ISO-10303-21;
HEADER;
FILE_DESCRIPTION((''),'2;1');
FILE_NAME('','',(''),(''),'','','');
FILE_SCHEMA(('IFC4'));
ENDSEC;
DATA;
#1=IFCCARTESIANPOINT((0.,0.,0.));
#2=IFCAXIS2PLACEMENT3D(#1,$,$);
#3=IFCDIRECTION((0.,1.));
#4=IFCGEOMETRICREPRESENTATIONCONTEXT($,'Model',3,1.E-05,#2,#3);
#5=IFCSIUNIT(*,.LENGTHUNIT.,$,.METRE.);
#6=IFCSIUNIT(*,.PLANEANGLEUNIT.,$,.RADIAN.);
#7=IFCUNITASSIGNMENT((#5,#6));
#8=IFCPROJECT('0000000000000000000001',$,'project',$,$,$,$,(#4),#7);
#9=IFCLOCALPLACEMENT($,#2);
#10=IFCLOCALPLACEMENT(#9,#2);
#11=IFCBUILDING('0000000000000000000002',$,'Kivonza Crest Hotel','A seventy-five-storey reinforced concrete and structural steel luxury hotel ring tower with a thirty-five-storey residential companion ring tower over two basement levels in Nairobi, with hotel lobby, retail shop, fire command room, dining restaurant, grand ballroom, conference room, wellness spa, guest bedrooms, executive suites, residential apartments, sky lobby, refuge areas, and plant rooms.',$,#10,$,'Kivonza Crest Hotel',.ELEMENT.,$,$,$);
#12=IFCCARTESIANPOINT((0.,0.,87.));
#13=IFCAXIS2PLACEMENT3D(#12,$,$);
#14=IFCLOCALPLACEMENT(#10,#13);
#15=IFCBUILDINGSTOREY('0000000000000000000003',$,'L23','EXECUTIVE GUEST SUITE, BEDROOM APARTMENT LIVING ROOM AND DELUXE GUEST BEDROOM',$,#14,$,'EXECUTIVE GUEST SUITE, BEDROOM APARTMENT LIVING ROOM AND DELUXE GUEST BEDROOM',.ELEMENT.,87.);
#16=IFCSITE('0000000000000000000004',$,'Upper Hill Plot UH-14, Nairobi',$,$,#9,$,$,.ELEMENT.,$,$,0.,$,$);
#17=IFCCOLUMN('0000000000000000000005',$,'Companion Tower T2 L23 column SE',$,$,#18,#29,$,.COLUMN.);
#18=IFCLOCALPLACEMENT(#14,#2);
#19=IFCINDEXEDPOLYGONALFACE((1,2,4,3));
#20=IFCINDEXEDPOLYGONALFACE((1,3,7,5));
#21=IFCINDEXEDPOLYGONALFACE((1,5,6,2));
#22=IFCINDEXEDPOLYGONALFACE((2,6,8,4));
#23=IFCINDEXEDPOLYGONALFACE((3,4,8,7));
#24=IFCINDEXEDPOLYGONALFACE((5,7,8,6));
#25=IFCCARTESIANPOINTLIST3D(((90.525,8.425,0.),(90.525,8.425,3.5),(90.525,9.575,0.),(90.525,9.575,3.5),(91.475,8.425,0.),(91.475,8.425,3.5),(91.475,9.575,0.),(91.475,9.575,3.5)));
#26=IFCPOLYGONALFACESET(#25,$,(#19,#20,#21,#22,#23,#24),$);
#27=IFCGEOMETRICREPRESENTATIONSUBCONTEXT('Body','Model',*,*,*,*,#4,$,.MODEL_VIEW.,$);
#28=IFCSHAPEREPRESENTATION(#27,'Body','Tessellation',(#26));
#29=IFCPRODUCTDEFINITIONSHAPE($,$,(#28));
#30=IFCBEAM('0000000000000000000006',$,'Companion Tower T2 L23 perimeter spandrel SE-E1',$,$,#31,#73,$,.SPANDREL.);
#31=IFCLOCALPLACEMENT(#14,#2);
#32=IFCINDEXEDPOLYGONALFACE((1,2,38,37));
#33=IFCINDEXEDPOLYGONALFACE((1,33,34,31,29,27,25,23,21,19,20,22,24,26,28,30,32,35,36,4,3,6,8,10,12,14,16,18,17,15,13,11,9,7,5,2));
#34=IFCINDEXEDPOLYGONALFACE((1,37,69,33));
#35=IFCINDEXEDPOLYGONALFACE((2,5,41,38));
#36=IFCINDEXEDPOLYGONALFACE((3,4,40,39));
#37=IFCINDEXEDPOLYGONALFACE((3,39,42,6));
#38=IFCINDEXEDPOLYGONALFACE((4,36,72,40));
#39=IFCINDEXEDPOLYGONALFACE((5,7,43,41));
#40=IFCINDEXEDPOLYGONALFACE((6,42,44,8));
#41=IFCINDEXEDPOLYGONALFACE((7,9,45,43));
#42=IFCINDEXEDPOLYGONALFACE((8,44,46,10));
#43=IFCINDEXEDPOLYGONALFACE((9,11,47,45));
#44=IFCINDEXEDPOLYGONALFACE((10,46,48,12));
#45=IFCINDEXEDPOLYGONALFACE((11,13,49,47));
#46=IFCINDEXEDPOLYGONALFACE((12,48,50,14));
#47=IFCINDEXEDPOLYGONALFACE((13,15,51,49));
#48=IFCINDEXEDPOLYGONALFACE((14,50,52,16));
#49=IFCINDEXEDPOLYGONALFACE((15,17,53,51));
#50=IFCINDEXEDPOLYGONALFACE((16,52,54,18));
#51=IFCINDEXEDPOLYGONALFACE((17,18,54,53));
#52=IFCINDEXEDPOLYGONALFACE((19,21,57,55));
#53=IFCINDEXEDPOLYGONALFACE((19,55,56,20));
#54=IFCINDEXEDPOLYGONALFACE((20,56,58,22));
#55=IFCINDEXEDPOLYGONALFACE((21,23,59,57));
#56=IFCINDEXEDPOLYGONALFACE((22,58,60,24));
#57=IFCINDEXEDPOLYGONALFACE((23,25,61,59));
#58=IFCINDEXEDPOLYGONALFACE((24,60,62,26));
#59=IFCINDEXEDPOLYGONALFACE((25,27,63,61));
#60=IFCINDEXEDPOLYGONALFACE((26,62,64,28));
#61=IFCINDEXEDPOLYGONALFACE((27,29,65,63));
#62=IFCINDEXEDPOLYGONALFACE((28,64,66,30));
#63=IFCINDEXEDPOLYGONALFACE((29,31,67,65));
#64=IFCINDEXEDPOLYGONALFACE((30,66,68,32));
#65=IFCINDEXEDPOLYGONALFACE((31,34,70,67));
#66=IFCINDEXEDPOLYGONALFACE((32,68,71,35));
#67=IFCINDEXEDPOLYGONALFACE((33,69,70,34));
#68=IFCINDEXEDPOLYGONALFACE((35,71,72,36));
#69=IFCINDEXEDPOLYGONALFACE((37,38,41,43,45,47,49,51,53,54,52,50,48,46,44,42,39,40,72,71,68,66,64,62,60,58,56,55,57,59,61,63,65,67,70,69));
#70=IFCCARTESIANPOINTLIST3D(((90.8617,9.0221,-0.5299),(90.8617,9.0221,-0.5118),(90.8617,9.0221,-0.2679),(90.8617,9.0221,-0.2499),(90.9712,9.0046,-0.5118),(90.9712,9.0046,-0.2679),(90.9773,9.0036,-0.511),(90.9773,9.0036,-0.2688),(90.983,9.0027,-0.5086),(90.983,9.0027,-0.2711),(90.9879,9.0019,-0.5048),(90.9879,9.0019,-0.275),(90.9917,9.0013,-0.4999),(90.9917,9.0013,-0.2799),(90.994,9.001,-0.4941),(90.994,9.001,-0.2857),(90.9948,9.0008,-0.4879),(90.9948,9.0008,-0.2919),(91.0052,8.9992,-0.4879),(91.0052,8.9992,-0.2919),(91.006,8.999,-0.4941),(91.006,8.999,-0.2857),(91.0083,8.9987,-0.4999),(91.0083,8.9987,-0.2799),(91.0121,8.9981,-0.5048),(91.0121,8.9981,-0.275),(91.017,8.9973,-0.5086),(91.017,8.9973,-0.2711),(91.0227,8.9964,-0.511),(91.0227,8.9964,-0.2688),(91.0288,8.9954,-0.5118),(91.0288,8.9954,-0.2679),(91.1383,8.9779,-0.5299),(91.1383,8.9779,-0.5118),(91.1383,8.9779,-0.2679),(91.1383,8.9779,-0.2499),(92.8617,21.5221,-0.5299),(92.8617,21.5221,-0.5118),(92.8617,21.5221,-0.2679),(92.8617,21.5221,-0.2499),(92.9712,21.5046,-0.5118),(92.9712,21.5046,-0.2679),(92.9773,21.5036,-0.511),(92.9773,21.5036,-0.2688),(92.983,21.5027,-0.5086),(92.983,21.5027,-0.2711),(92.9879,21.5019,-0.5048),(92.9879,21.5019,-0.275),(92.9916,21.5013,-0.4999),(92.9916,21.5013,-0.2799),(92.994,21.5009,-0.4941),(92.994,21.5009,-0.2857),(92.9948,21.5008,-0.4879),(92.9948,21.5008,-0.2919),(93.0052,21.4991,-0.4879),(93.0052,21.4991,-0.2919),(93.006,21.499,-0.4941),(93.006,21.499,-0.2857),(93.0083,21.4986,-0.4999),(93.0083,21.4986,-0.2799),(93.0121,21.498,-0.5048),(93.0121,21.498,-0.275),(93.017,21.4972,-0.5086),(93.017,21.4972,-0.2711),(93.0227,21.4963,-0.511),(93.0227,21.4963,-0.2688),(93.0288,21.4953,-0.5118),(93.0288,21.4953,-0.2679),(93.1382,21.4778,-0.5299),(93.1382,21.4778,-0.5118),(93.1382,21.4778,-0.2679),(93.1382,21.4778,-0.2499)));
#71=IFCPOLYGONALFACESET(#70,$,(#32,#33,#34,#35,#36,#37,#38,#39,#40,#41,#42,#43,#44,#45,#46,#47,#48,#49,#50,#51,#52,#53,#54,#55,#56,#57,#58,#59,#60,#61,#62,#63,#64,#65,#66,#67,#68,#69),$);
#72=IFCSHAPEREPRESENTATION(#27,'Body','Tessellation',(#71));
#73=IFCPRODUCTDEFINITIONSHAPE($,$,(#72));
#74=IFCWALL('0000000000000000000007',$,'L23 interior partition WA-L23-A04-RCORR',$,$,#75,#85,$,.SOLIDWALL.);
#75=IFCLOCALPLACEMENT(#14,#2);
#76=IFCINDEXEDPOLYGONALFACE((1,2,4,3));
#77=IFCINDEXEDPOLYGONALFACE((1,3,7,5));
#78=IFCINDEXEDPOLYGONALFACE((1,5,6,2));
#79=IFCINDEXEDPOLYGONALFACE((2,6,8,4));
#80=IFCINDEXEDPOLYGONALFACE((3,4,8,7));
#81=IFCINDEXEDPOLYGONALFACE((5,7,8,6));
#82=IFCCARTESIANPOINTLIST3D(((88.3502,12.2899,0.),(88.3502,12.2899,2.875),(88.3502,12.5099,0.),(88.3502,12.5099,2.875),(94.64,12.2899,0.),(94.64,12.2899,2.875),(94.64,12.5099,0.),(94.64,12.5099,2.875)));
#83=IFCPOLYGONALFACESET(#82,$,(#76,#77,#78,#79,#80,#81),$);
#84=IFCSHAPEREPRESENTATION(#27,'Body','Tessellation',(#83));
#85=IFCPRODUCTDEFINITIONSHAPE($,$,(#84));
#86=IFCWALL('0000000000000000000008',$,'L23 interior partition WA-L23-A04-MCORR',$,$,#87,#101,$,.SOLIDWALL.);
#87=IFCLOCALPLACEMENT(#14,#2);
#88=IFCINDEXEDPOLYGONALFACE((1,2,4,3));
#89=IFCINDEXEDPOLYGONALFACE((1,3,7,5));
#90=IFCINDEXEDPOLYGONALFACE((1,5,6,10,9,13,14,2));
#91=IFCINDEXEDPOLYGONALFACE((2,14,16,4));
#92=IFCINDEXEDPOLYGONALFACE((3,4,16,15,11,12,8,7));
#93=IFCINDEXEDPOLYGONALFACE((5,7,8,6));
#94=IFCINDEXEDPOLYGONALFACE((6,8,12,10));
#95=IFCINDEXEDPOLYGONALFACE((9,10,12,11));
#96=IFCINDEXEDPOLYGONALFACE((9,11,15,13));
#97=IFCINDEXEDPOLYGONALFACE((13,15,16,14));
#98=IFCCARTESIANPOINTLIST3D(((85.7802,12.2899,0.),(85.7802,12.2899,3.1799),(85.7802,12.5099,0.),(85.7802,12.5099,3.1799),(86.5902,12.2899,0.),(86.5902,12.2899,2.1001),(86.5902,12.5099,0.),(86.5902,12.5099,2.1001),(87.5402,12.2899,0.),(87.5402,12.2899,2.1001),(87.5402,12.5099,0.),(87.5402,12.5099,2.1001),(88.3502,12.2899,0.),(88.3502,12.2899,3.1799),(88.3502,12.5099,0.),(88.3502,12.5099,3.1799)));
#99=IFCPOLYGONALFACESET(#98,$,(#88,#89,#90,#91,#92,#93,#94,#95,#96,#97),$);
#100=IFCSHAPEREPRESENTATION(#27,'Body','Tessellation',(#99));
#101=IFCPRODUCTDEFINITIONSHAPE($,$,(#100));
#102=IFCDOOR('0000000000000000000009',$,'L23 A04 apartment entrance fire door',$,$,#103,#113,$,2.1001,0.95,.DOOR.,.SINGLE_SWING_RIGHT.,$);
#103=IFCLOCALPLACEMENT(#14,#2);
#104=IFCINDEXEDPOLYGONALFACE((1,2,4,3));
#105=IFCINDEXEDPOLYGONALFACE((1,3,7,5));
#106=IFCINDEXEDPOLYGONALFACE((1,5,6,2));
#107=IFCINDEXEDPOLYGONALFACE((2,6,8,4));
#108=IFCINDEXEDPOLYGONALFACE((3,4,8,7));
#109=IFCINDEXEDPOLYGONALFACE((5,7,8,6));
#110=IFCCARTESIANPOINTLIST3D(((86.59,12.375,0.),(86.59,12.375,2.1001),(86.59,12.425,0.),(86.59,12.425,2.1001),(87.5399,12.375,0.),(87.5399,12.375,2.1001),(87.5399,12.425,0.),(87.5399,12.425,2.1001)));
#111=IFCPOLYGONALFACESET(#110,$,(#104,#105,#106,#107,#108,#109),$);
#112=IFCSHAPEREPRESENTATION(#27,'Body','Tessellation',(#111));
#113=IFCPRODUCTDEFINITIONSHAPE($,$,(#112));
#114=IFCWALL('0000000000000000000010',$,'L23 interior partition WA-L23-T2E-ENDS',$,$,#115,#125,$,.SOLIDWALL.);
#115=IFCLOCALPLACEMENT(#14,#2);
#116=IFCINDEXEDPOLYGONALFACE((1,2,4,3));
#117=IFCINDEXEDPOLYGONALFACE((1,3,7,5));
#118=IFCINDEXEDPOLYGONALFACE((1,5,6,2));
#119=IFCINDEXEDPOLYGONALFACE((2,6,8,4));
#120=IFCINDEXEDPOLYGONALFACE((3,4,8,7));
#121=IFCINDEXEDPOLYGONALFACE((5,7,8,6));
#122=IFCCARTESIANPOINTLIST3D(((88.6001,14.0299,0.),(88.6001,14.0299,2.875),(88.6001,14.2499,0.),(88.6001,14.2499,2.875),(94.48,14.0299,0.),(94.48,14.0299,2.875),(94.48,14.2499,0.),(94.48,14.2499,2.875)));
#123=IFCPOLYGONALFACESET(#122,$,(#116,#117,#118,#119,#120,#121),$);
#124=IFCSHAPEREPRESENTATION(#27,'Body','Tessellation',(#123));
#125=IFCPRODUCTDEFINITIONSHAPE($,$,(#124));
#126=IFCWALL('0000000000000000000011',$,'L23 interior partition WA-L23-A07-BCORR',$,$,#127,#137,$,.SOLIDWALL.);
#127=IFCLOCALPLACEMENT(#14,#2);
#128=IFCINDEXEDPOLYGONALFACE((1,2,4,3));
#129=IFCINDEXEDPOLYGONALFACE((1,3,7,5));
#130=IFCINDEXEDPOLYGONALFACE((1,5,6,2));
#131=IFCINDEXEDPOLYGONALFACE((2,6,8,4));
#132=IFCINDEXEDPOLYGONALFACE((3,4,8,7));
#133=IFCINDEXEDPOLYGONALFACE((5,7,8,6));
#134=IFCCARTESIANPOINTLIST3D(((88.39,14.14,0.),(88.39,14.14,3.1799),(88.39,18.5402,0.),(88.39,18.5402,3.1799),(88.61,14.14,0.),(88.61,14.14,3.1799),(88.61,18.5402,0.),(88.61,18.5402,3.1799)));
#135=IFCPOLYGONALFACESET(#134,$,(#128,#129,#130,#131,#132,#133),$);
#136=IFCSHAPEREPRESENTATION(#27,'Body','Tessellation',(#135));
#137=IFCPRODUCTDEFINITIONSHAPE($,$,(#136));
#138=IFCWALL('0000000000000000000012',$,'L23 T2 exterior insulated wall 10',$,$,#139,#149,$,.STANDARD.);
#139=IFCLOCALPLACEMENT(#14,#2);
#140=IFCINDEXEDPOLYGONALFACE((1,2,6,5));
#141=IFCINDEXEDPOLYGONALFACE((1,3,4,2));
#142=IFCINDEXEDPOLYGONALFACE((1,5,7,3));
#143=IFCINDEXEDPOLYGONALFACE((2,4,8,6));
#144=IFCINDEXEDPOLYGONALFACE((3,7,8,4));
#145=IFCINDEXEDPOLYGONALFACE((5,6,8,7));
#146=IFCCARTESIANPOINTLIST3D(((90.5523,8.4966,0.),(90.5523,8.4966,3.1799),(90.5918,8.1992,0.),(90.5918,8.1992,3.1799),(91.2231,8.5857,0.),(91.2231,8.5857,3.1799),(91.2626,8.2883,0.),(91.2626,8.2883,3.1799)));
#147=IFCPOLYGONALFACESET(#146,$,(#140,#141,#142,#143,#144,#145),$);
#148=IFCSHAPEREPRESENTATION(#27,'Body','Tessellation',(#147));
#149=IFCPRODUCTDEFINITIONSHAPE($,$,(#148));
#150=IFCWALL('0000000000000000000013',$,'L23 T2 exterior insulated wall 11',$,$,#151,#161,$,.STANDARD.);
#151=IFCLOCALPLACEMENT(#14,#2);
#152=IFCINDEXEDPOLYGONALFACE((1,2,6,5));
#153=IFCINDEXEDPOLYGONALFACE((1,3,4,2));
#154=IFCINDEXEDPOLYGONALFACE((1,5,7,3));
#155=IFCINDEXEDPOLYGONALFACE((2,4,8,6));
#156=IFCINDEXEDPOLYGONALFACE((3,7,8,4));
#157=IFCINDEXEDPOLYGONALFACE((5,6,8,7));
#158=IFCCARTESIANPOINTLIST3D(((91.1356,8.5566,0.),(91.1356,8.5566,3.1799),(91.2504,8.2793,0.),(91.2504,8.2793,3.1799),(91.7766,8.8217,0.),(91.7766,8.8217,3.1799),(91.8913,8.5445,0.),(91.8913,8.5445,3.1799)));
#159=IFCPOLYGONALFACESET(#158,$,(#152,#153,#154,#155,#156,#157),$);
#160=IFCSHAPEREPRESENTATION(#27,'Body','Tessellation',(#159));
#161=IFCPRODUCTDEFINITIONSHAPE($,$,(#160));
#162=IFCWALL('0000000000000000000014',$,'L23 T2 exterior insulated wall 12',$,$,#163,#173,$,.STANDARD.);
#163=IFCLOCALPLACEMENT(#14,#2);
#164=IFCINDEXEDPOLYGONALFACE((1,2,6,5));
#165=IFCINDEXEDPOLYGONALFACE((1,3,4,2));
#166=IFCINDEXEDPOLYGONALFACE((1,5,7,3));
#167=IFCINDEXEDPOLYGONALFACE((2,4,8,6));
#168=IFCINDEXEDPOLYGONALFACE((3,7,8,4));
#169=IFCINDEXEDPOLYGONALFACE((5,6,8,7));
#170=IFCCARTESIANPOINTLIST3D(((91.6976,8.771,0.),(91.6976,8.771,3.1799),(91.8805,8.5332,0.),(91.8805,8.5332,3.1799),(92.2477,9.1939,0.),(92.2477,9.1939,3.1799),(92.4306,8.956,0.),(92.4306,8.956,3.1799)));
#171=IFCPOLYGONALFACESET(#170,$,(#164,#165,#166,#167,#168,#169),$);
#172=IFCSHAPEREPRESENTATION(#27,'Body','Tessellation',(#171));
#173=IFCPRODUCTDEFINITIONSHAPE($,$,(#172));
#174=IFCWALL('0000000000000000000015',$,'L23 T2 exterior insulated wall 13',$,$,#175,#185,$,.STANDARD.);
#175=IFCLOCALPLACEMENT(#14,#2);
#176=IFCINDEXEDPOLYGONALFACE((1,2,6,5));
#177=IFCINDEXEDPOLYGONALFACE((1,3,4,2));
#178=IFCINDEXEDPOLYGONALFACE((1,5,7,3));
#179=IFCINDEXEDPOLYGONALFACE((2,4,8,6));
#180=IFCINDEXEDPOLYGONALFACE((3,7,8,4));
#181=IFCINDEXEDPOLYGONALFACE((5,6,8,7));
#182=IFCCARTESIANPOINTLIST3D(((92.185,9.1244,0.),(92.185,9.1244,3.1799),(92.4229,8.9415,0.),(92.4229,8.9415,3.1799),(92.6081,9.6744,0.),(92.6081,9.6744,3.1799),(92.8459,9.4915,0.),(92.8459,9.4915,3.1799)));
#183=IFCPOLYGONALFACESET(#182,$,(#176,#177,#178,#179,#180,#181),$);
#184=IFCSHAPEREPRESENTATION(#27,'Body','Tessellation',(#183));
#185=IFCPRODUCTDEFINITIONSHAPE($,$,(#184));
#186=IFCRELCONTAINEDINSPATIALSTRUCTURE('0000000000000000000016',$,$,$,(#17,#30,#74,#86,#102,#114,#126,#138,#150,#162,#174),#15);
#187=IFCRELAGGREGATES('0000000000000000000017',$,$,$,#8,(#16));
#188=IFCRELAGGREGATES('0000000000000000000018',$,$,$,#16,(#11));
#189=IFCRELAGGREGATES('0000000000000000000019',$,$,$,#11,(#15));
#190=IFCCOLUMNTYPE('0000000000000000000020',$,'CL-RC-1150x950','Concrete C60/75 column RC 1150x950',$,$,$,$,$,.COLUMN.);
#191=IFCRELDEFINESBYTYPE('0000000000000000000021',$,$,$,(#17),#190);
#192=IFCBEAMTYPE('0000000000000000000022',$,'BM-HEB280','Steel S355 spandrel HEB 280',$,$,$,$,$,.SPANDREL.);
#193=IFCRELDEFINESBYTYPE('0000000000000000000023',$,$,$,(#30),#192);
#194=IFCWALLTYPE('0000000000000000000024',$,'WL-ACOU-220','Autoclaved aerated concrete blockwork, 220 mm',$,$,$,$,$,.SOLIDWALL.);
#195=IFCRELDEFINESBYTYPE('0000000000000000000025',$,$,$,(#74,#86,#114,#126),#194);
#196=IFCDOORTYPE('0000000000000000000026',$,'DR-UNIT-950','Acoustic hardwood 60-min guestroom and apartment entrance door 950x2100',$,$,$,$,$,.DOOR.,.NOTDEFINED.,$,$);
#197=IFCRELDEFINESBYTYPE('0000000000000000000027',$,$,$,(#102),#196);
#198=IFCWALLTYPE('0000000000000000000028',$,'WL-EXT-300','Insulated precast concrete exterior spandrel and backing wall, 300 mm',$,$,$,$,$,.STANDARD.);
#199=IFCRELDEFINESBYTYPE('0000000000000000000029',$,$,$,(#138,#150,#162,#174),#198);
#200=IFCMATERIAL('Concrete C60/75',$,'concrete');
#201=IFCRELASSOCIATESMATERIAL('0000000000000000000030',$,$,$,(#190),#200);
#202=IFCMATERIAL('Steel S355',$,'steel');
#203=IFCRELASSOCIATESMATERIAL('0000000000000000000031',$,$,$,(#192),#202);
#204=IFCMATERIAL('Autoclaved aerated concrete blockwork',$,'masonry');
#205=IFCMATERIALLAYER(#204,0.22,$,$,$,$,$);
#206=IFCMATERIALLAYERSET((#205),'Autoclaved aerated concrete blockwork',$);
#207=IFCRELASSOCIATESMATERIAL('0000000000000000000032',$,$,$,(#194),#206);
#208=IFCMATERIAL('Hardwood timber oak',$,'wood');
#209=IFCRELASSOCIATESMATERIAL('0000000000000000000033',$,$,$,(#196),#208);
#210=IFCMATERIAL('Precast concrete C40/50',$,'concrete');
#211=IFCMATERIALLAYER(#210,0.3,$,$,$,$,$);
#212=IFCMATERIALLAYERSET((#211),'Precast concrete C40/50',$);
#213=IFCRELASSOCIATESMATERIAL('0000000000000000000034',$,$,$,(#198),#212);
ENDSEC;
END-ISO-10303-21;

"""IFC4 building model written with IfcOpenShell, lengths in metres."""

from ifc_helpers import new_model, si_unit, direction, frame, frame_2d, origin, origin_2d, place, context, subcontext, project, spatial, rectangle, i_section, extrude, material, layer, layer_set, material_profile, profile_set, type_object, element, fill, save


model = new_model("IFC4")

# Units and contexts
model_context = context("Model", 3, precision=1e-05, world=origin(), true_north=direction((0.0, 1.0)))
body_context = subcontext(model_context, "Body", "Model", "MODEL_VIEW")
ifc_project = project(units=[si_unit("LENGTHUNIT", "METRE"), si_unit("PLANEANGLEUNIT", "RADIAN")], contexts=[model_context])

# Site, building, storey
site_placement = place(None, origin())
site = spatial("IfcSite", under=ifc_project, at=site_placement, Name="Upper Hill Plot UH-14, Nairobi", CompositionType="ELEMENT", RefElevation=0.0)
building_placement = place(site_placement, origin())
building = spatial("IfcBuilding", under=site, at=building_placement, Name="Kivonza Crest Hotel", Description="A seventy-five-storey reinforced concrete and structural steel luxury hotel ring tower with a thirty-five-storey residential companion ring tower over two basement levels in Nairobi, with hotel lobby, retail shop, fire command room, dining restaurant, grand ballroom, conference room, wellness spa, guest bedrooms, executive suites, residential apartments, sky lobby, refuge areas, and plant rooms.", LongName="Kivonza Crest Hotel", CompositionType="ELEMENT")
storey_placement = place(building_placement, frame((0.0, 0.0, 87.0)))
storey = spatial("IfcBuildingStorey", under=building, at=storey_placement, Name="L23", Description="EXECUTIVE GUEST SUITE, BEDROOM APARTMENT LIVING ROOM AND DELUXE GUEST BEDROOM", LongName="EXECUTIVE GUEST SUITE, BEDROOM APARTMENT LIVING ROOM AND DELUXE GUEST BEDROOM", CompositionType="ELEMENT", Elevation=87.0)

# Column
ifc_material_1 = material(Name="Concrete C60/75", Category="concrete")
ifc_material_profile_1 = material_profile(ifc_material_1, rectangle(XDim=0.95, YDim=1.1499, at=origin_2d()), Name="RC 1150x950")
ifc_profile_set_1 = profile_set([ifc_material_profile_1], Name="Concrete C60/75")
column_type = type_object("IfcColumnType", Name="CL-RC-1150x950", Description="Concrete C60/75 column RC 1150x950", PredefinedType="COLUMN", material=ifc_profile_set_1)
column_placement = place(storey_placement, frame((91.0, 9.0, 0.0), z_axis=(0.0, 0.0, 1.0), x_axis=(1.0, 0.0, 0.0)))
element("IfcColumn", 1, at=column_placement, inside=storey, type_object=column_type, Name="Companion Tower T2 L23 column SE", PredefinedType="COLUMN", context=body_context, shape_type="SweptSolid", body=[
    extrude(rectangle(XDim=0.95, YDim=1.1499, at=origin_2d()), origin(), (0.0, 0.0, 1.0), 3.5),
])

# Beam
ifc_material_2 = material(Name="Steel S355", Category="steel")
ifc_material_profile_2 = material_profile(ifc_material_2, i_section(OverallWidth=0.28, OverallDepth=0.28, WebThickness=0.0105, FlangeThickness=0.0181, FilletRadius=0.0239, at=origin_2d()), Name="HEB 280")
ifc_profile_set_2 = profile_set([ifc_material_profile_2], Name="Steel S355")
beam_type = type_object("IfcBeamType", Name="BM-HEB280", Description="Steel S355 spandrel HEB 280", PredefinedType="SPANDREL", material=ifc_profile_set_2)
beam_placement = place(storey_placement, frame((91.0, 9.0, -0.3899), z_axis=(0.157991, 0.987441, 0.0), x_axis=(-0.987441, 0.157991, 0.0)))
element("IfcBeam", 2, at=beam_placement, inside=storey, type_object=beam_type, Name="Companion Tower T2 L23 perimeter spandrel SE-E1", PredefinedType="SPANDREL", context=body_context, shape_type="SweptSolid", body=[
    extrude(i_section(OverallWidth=0.28, OverallDepth=0.28, WebThickness=0.0105, FlangeThickness=0.0181, FilletRadius=0.0239, at=origin_2d()), origin(), (0.0, 0.0, 1.0), 12.6589),
])

# Wall
ifc_material_3 = material(Name="Autoclaved aerated concrete blockwork", Category="masonry")
ifc_layer_1 = layer(ifc_material_3, 0.22)
ifc_layer_set_1 = layer_set([ifc_layer_1], Name="Autoclaved aerated concrete blockwork")
wall_type_1 = type_object("IfcWallType", Name="WL-ACOU-220", Description="Autoclaved aerated concrete blockwork, 220 mm", PredefinedType="SOLIDWALL", material=ifc_layer_set_1)
wall_1_placement = place(storey_placement, frame((88.3501, 12.3999, 0.0), z_axis=(0.0, 0.0, 1.0), x_axis=(1.0, 0.0, 0.0)))
element("IfcWall", 3, at=wall_1_placement, inside=storey, type_object=wall_type_1, Name="L23 interior partition WA-L23-A04-RCORR", PredefinedType="SOLIDWALL", context=body_context, shape_type="SweptSolid", body=[
    extrude(rectangle(XDim=6.2898, YDim=0.22, at=frame_2d((3.145, 0.0))), origin(), (0.0, 0.0, 1.0), 2.875),
])

# Wall, opening, door
wall_2_placement = place(storey_placement, frame((85.78, 12.3999, 0.0), z_axis=(0.0, 0.0, 1.0), x_axis=(1.0, 0.0, 0.0)))
wall_2 = element("IfcWall", 4, at=wall_2_placement, inside=storey, type_object=wall_type_1, Name="L23 interior partition WA-L23-A04-MCORR", PredefinedType="SOLIDWALL", context=body_context, shape_type="SweptSolid", body=[
    extrude(rectangle(XDim=2.5701, YDim=0.22, at=frame_2d((1.2852, 0.0))), origin(), (0.0, 0.0, 1.0), 3.1799),
])
opening_1_placement = place(wall_2_placement, frame((0.8101, 0.0, 0.0)))
opening_1 = element("IfcOpeningElement", 5, at=opening_1_placement, cuts=wall_2, PredefinedType="OPENING", context=body_context, shape_type="SweptSolid", body=[
    extrude(rectangle(XDim=0.95, YDim=2.1001, at=frame_2d((0.4751, 1.05))), frame((0.0, 0.1201, 0.0), z_axis=(0.0, -1.0, 0.0), x_axis=(1.0, 0.0, 0.0)), (0.0, 0.0, 1.0), 0.24),
])
ifc_material_4 = material(Name="Hardwood timber oak", Category="wood")
door_type_1 = type_object("IfcDoorType", Name="DR-UNIT-950", Description="Acoustic hardwood 60-min guestroom and apartment entrance door 950x2100", OperationType="NOTDEFINED", PredefinedType="DOOR", material=ifc_material_4)
door_1_placement = place(opening_1_placement, frame((0.95, 0.0, 0.0), z_axis=(0.0, 0.0, 1.0), x_axis=(-1.0, 0.0, 0.0)))
door_1 = element("IfcDoor", 6, at=door_1_placement, inside=storey, type_object=door_type_1, Name="L23 A04 apartment entrance fire door", OperationType="SINGLE_SWING_RIGHT", OverallHeight=2.1001, OverallWidth=0.95, PredefinedType="DOOR", context=body_context, shape_type="SweptSolid", body=[
    extrude(rectangle(XDim=0.95, YDim=2.1001, at=frame_2d((0.4751, 1.05))), frame((0.0, 0.0249, 0.0), z_axis=(0.0, -1.0, 0.0), x_axis=(1.0, 0.0, 0.0)), (0.0, 0.0, 1.0), 0.05),
])
fill(opening_1, door_1)

# Walls
wall_3_placement = place(storey_placement, frame((88.6001, 14.1399, 0.0), z_axis=(0.0, 0.0, 1.0), x_axis=(1.0, 0.0, 0.0)))
element("IfcWall", 7, at=wall_3_placement, inside=storey, type_object=wall_type_1, Name="L23 interior partition WA-L23-T2E-ENDS", PredefinedType="SOLIDWALL", context=body_context, shape_type="SweptSolid", body=[
    extrude(rectangle(XDim=5.8799, YDim=0.22, at=frame_2d((2.9399, 0.0))), origin(), (0.0, 0.0, 1.0), 2.875),
])
wall_4_placement = place(storey_placement, frame((88.5, 14.1399, 0.0), z_axis=(0.0, 0.0, 1.0), x_axis=(0.0, 1.0, 0.0)))
element("IfcWall", 8, at=wall_4_placement, inside=storey, type_object=wall_type_1, Name="L23 interior partition WA-L23-A07-BCORR", PredefinedType="SOLIDWALL", context=body_context, shape_type="SweptSolid", body=[
    extrude(rectangle(XDim=4.4001, YDim=0.22, at=frame_2d((2.2002, 0.0))), origin(), (0.0, 0.0, 1.0), 3.1799),
])
ifc_material_5 = material(Name="Precast concrete C40/50", Category="concrete")
ifc_layer_2 = layer(ifc_material_5, 0.3)
ifc_layer_set_2 = layer_set([ifc_layer_2], Name="Precast concrete C40/50")
wall_type_2 = type_object("IfcWallType", Name="WL-EXT-300", Description="Insulated precast concrete exterior spandrel and backing wall, 300 mm", PredefinedType="STANDARD", material=ifc_layer_set_2)
wall_5_placement = place(storey_placement, frame((90.572, 8.3479, 0.0), z_axis=(0.0, 0.0, 1.0), x_axis=(0.991294, 0.131667, 0.0)))
element("IfcWall", 9, at=wall_5_placement, inside=storey, type_object=wall_type_2, Name="L23 T2 exterior insulated wall 10", PredefinedType="STANDARD", context=body_context, shape_type="SweptSolid", body=[
    extrude(rectangle(XDim=0.6768, YDim=0.3, at=frame_2d((0.3384, 0.0))), origin(), (0.0, 0.0, 1.0), 3.1799),
])
wall_6_placement = place(storey_placement, frame((91.1931, 8.418, 0.0), z_axis=(0.0, 0.0, 1.0), x_axis=(0.924043, 0.38229, 0.0)))
element("IfcWall", 10, at=wall_6_placement, inside=storey, type_object=wall_type_2, Name="L23 T2 exterior insulated wall 11", PredefinedType="STANDARD", context=body_context, shape_type="SweptSolid", body=[
    extrude(rectangle(XDim=0.6936, YDim=0.3, at=frame_2d((0.3467, 0.0))), origin(), (0.0, 0.0, 1.0), 3.1799),
])
for number, where, z_axis, x_axis, name in (
    (11, (91.7891, 8.6521, 0.0), (0.0, 0.0, 1.0), (0.792807, 0.609473, 0.0), "L23 T2 exterior insulated wall 12"),
    (12, (92.304, 9.033, 0.0), (0.0, 0.0, 1.0), (0.609694, 0.792637, 0.0), "L23 T2 exterior insulated wall 13"),
):
    element("IfcWall", number, at=place(storey_placement, frame(where, z_axis=z_axis, x_axis=x_axis)), inside=storey, type_object=wall_type_2, Name=name, PredefinedType="STANDARD", context=body_context, shape_type="SweptSolid", body=[
        extrude(rectangle(XDim=0.6938, YDim=0.3, at=frame_2d((0.3469, 0.0))), origin(), (0.0, 0.0, 1.0), 3.1799),
    ])

save(model, "model.ifc")
